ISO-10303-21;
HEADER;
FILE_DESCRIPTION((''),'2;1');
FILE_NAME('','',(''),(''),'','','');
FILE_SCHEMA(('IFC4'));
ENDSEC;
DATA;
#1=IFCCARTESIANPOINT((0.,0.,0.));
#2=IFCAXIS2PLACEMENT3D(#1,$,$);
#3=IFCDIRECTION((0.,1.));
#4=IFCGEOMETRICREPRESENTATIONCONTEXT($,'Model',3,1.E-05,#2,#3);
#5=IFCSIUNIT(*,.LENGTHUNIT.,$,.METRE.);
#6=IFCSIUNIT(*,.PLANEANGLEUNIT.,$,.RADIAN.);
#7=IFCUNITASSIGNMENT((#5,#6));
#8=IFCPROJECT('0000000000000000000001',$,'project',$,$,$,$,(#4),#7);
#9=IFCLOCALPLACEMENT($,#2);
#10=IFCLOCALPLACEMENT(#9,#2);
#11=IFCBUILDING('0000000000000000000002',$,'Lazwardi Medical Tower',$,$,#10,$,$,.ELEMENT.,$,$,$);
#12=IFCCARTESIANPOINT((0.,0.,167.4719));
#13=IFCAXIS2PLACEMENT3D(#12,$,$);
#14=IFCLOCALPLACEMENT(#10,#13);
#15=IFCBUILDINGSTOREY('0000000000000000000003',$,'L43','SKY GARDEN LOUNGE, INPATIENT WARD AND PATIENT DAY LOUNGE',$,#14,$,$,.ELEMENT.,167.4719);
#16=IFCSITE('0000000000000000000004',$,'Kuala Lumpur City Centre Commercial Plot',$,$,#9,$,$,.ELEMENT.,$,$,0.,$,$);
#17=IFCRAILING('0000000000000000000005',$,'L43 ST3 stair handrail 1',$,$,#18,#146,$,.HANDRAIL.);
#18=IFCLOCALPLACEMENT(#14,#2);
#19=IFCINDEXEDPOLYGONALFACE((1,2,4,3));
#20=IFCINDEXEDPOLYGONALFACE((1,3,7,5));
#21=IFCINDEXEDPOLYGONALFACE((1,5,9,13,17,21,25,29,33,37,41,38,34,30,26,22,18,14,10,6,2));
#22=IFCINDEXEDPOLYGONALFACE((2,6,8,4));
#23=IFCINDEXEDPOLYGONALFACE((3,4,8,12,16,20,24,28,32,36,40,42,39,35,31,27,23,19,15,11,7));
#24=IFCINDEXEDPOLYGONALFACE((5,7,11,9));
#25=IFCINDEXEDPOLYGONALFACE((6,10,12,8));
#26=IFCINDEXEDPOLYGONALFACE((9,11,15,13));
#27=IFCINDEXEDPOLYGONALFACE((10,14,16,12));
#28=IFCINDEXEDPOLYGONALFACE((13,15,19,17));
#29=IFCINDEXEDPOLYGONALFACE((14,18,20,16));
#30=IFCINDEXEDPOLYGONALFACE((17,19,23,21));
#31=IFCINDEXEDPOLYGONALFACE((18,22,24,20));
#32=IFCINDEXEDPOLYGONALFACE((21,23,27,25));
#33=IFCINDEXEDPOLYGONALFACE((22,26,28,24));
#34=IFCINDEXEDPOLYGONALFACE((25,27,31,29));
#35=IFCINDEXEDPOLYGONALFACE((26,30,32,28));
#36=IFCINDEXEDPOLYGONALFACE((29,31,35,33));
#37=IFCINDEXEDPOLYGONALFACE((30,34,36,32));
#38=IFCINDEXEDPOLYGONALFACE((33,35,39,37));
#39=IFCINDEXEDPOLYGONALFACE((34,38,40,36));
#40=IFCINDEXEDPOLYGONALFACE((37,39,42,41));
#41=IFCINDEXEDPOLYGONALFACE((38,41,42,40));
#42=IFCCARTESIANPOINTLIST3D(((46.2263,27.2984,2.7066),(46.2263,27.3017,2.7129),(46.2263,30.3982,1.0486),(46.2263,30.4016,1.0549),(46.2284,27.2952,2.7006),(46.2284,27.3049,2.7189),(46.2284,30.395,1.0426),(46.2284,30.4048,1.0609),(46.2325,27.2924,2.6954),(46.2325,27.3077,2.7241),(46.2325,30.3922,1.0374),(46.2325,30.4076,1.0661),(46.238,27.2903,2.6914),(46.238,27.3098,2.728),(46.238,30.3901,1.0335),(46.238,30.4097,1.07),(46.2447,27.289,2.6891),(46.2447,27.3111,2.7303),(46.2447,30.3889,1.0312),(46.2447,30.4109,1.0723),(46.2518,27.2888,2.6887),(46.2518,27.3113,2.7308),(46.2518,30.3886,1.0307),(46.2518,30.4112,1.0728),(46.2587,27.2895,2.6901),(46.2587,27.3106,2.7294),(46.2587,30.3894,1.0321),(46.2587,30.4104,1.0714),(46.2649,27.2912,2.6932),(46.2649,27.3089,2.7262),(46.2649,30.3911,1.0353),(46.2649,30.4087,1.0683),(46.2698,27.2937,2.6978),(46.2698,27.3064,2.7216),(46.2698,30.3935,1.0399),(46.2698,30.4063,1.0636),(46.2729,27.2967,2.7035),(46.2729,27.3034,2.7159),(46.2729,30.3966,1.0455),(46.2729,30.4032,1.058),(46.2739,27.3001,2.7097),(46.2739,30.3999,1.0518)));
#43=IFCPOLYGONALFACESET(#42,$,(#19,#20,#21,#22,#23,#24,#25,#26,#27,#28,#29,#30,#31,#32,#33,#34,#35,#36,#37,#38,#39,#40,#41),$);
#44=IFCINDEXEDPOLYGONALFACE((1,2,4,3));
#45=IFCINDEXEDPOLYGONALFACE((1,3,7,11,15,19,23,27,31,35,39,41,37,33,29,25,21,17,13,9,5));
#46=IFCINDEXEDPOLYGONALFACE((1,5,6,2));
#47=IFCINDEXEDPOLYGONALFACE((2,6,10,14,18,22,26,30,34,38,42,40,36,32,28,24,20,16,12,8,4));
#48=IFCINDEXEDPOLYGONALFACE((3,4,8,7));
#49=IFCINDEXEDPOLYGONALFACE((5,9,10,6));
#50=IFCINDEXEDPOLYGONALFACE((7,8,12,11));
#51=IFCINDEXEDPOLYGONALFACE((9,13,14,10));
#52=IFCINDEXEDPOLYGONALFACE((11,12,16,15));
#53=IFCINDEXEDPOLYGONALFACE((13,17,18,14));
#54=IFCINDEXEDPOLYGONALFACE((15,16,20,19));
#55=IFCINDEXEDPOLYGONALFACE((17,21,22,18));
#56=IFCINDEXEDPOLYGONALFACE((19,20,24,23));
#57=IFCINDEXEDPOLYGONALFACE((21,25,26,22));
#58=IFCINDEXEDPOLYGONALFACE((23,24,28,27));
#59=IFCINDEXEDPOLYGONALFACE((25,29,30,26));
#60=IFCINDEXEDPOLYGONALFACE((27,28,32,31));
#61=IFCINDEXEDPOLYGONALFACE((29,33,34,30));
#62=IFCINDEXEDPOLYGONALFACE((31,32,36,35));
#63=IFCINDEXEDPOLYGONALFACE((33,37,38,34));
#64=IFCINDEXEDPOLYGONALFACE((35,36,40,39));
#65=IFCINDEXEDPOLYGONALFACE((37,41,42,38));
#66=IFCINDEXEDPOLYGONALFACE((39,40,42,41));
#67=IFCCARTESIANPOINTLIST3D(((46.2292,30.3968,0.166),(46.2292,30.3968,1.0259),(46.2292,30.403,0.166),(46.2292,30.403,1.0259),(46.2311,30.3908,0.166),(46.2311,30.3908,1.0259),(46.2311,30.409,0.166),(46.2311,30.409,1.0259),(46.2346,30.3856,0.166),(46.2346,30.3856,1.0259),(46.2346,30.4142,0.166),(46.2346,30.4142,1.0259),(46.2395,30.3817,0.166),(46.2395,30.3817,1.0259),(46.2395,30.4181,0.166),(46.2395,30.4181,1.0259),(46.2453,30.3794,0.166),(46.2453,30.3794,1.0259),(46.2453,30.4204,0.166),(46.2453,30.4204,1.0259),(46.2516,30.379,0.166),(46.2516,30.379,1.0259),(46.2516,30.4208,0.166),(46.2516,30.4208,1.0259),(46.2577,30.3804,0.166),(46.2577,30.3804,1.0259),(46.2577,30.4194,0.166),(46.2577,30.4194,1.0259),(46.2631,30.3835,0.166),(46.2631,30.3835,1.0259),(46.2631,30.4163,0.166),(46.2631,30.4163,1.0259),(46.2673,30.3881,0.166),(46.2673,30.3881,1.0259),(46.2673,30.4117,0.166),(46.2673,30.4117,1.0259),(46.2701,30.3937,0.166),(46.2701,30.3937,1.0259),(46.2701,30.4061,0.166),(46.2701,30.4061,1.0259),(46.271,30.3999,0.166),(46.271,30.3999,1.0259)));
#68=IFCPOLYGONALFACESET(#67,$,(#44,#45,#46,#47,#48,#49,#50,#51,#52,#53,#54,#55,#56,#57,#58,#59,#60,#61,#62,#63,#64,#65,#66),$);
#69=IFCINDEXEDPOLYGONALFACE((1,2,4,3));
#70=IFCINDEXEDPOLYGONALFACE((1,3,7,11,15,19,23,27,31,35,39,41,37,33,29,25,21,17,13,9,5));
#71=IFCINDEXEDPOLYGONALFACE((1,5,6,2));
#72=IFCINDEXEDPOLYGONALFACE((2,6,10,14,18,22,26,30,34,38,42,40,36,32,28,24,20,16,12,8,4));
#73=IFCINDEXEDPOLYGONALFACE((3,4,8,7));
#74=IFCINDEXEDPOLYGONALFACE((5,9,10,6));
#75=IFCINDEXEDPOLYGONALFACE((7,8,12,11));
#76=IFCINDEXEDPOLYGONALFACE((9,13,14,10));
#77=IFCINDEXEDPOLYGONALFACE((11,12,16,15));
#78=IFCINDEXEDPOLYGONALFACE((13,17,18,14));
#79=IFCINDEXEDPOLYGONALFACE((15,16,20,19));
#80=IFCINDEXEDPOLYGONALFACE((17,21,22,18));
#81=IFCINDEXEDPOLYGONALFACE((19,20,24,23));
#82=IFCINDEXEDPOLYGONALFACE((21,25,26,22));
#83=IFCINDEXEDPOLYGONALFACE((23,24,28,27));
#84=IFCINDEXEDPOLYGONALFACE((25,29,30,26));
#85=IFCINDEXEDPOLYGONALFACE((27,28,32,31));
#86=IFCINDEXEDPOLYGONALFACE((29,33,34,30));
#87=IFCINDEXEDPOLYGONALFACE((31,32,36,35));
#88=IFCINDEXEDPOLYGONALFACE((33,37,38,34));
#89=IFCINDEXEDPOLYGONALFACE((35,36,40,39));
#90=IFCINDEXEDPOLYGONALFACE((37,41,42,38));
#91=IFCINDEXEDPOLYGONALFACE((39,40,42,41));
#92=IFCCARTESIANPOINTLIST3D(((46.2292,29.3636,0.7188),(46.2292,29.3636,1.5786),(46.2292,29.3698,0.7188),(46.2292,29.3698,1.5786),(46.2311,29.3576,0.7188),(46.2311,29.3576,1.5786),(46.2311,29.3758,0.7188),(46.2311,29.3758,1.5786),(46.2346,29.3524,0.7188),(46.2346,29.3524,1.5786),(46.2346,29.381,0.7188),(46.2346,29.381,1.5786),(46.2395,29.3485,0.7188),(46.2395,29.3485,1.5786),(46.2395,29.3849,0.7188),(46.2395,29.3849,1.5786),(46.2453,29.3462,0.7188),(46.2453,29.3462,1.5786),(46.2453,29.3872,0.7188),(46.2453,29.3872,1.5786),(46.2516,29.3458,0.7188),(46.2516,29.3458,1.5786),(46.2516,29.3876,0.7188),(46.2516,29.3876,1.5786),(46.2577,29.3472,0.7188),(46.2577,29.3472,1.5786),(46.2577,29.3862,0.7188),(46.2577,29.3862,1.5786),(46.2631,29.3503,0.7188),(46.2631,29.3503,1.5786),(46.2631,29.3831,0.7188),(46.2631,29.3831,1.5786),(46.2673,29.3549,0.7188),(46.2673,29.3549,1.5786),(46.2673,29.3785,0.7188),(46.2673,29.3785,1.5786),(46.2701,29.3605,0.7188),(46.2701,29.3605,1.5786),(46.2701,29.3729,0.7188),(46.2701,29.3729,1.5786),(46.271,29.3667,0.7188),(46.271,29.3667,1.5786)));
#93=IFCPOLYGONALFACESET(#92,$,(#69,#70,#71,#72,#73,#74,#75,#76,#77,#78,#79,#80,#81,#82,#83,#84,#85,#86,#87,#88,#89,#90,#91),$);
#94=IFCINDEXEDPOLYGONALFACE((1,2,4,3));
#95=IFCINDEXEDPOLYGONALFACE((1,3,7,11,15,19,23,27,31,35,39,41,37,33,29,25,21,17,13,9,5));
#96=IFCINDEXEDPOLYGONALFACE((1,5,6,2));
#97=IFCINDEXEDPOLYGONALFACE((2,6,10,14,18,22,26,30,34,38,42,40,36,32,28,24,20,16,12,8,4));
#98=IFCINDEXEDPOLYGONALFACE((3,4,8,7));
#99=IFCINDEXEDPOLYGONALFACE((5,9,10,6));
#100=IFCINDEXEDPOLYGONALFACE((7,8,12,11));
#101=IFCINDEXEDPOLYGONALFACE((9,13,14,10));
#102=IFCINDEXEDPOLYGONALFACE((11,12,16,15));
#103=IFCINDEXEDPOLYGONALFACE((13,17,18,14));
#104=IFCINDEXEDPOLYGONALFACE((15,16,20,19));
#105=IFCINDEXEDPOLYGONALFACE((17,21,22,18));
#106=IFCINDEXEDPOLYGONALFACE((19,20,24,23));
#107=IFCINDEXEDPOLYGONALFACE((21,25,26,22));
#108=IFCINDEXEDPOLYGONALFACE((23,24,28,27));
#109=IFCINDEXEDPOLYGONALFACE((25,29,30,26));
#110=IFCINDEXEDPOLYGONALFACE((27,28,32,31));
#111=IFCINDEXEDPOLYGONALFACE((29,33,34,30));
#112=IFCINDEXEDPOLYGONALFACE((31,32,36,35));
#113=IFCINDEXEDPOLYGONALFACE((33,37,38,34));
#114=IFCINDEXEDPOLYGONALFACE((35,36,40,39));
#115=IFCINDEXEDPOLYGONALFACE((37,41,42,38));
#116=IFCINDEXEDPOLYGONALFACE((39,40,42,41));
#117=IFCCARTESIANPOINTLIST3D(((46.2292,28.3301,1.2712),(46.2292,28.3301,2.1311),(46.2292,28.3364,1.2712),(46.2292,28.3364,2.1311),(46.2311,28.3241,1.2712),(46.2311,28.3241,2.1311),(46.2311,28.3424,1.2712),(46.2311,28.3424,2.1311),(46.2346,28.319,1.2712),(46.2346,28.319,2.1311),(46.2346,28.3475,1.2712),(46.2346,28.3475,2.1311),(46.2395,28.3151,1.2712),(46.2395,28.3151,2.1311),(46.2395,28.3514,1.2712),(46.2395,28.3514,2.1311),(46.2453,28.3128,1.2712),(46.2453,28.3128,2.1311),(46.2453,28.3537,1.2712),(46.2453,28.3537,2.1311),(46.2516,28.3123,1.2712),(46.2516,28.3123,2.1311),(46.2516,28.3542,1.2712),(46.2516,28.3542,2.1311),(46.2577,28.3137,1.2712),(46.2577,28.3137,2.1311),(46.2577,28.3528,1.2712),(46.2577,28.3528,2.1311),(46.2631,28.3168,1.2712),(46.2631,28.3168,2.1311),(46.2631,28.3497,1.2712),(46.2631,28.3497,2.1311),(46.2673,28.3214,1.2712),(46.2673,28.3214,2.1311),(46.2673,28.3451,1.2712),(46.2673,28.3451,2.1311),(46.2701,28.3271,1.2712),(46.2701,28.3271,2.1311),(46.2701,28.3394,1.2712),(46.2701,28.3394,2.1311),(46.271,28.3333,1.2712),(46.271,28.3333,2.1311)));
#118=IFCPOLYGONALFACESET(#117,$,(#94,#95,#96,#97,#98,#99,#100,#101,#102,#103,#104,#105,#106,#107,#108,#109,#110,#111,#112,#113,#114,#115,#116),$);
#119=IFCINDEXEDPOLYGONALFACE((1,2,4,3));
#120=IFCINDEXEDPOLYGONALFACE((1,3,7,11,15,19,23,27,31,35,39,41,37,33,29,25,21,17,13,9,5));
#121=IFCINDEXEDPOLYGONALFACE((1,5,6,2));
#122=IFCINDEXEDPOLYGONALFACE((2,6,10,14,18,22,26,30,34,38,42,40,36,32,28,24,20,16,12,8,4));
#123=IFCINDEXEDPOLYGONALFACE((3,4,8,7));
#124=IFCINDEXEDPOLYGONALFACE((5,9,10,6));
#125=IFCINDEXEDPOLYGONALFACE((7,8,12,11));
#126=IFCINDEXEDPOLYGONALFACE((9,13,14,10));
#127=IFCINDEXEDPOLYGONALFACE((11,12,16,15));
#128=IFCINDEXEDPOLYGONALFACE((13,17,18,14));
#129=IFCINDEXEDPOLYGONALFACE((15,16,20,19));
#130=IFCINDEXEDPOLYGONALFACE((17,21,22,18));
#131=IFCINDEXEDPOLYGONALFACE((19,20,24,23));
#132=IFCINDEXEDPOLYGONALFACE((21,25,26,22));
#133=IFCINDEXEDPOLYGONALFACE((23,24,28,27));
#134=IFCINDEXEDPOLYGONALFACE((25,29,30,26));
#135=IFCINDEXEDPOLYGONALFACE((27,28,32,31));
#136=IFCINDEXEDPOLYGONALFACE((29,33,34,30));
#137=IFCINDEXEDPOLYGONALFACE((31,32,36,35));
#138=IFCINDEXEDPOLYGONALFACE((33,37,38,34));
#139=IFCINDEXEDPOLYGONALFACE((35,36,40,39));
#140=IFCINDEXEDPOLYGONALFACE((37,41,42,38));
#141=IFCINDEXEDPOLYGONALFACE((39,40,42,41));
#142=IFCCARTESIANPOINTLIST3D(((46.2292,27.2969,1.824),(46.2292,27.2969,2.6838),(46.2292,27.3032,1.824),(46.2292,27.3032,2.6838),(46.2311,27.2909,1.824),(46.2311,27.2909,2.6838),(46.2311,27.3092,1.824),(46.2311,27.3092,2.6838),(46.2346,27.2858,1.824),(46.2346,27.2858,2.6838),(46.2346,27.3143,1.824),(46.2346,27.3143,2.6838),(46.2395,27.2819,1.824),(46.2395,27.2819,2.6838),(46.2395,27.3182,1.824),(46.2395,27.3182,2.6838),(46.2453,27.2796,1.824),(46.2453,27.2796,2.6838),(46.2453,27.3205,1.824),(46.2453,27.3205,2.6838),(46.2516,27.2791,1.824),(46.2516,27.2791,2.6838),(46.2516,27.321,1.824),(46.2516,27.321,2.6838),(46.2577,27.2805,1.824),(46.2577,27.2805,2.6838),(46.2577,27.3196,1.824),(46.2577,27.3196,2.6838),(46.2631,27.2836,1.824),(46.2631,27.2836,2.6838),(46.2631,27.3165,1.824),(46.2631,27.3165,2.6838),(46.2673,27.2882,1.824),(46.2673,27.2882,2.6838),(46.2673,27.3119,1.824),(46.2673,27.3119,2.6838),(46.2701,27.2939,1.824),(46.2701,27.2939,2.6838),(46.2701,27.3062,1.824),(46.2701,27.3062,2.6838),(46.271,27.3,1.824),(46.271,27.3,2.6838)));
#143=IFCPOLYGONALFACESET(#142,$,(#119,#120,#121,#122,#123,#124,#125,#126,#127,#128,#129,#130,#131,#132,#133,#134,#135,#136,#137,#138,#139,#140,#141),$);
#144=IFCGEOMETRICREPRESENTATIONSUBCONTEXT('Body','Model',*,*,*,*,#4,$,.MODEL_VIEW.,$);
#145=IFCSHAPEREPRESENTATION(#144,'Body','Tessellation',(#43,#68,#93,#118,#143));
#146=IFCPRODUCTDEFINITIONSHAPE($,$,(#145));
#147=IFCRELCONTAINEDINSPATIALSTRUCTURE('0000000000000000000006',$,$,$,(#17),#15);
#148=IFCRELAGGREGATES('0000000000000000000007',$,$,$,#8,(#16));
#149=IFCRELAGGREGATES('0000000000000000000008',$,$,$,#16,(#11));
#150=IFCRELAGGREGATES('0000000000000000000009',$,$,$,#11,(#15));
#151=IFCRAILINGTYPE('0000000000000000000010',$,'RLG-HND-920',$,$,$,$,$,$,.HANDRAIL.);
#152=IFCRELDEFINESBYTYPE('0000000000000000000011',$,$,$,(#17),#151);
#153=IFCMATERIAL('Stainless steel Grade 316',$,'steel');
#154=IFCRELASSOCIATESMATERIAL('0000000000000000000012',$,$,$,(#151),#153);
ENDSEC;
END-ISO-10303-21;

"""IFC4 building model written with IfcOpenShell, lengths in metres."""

from ifc_helpers import new_model, si_unit, direction, frame, origin, origin_2d, place, context, subcontext, project, spatial, circle, extrude, material, type_object, element, save


model = new_model("IFC4")

# Units and contexts
model_context = context("Model", 3, precision=1e-05, world=origin(), true_north=direction((0.0, 1.0)))
body_context = subcontext(model_context, "Body", "Model", "MODEL_VIEW")
ifc_project = project(units=[si_unit("LENGTHUNIT", "METRE"), si_unit("PLANEANGLEUNIT", "RADIAN")], contexts=[model_context])

# Site, building, storey
site_placement = place(None, origin())
site = spatial("IfcSite", under=ifc_project, at=site_placement, Name="Kuala Lumpur City Centre Commercial Plot", CompositionType="ELEMENT", RefElevation=0.0)
building_placement = place(site_placement, origin())
building = spatial("IfcBuilding", under=site, at=building_placement, Name="Lazwardi Medical Tower", CompositionType="ELEMENT")
storey_placement = place(building_placement, frame((0.0, 0.0, 167.4719)))
storey = spatial("IfcBuildingStorey", under=building, at=storey_placement, Name="L43", Description="SKY GARDEN LOUNGE, INPATIENT WARD AND PATIENT DAY LOUNGE", CompositionType="ELEMENT", Elevation=167.4719)

# Railing
ifc_material_1 = material(Name="Stainless steel Grade 316", Category="steel")
railing_type_1 = type_object("IfcRailingType", Name="RLG-HND-920", PredefinedType="HANDRAIL", material=ifc_material_1)
railing_1_placement = place(storey_placement, frame((46.25, 30.3999, 0.166)))
element("IfcRailing", 1, at=railing_1_placement, inside=storey, type_object=railing_type_1, Name="L43 ST3 stair handrail 1", PredefinedType="HANDRAIL", context=body_context, shape_type="SweptSolid", body=[
    extrude(circle(Radius=0.0239, at=origin_2d()), frame((0.0, 0.0, 0.8857), z_axis=(0.0, -0.881797, 0.47163), x_axis=(1.0, 0.0, 0.0)), (0.0, 0.0, 1.0), 3.5154),
    extrude(circle(Radius=0.021, at=origin_2d()), origin(), (0.0, 0.0, 1.0), 0.8599),
    extrude(circle(Radius=0.021, at=origin_2d()), frame((0.0, -1.0332, 0.5527)), (0.0, 0.0, 1.0), 0.8599),
    extrude(circle(Radius=0.021, at=origin_2d()), frame((0.0, -2.0667, 1.1052)), (0.0, 0.0, 1.0), 0.8599),
    extrude(circle(Radius=0.021, at=origin_2d()), frame((0.0, -3.0999, 1.658)), (0.0, 0.0, 1.0), 0.8599),
])

save(model, "model.ifc")
